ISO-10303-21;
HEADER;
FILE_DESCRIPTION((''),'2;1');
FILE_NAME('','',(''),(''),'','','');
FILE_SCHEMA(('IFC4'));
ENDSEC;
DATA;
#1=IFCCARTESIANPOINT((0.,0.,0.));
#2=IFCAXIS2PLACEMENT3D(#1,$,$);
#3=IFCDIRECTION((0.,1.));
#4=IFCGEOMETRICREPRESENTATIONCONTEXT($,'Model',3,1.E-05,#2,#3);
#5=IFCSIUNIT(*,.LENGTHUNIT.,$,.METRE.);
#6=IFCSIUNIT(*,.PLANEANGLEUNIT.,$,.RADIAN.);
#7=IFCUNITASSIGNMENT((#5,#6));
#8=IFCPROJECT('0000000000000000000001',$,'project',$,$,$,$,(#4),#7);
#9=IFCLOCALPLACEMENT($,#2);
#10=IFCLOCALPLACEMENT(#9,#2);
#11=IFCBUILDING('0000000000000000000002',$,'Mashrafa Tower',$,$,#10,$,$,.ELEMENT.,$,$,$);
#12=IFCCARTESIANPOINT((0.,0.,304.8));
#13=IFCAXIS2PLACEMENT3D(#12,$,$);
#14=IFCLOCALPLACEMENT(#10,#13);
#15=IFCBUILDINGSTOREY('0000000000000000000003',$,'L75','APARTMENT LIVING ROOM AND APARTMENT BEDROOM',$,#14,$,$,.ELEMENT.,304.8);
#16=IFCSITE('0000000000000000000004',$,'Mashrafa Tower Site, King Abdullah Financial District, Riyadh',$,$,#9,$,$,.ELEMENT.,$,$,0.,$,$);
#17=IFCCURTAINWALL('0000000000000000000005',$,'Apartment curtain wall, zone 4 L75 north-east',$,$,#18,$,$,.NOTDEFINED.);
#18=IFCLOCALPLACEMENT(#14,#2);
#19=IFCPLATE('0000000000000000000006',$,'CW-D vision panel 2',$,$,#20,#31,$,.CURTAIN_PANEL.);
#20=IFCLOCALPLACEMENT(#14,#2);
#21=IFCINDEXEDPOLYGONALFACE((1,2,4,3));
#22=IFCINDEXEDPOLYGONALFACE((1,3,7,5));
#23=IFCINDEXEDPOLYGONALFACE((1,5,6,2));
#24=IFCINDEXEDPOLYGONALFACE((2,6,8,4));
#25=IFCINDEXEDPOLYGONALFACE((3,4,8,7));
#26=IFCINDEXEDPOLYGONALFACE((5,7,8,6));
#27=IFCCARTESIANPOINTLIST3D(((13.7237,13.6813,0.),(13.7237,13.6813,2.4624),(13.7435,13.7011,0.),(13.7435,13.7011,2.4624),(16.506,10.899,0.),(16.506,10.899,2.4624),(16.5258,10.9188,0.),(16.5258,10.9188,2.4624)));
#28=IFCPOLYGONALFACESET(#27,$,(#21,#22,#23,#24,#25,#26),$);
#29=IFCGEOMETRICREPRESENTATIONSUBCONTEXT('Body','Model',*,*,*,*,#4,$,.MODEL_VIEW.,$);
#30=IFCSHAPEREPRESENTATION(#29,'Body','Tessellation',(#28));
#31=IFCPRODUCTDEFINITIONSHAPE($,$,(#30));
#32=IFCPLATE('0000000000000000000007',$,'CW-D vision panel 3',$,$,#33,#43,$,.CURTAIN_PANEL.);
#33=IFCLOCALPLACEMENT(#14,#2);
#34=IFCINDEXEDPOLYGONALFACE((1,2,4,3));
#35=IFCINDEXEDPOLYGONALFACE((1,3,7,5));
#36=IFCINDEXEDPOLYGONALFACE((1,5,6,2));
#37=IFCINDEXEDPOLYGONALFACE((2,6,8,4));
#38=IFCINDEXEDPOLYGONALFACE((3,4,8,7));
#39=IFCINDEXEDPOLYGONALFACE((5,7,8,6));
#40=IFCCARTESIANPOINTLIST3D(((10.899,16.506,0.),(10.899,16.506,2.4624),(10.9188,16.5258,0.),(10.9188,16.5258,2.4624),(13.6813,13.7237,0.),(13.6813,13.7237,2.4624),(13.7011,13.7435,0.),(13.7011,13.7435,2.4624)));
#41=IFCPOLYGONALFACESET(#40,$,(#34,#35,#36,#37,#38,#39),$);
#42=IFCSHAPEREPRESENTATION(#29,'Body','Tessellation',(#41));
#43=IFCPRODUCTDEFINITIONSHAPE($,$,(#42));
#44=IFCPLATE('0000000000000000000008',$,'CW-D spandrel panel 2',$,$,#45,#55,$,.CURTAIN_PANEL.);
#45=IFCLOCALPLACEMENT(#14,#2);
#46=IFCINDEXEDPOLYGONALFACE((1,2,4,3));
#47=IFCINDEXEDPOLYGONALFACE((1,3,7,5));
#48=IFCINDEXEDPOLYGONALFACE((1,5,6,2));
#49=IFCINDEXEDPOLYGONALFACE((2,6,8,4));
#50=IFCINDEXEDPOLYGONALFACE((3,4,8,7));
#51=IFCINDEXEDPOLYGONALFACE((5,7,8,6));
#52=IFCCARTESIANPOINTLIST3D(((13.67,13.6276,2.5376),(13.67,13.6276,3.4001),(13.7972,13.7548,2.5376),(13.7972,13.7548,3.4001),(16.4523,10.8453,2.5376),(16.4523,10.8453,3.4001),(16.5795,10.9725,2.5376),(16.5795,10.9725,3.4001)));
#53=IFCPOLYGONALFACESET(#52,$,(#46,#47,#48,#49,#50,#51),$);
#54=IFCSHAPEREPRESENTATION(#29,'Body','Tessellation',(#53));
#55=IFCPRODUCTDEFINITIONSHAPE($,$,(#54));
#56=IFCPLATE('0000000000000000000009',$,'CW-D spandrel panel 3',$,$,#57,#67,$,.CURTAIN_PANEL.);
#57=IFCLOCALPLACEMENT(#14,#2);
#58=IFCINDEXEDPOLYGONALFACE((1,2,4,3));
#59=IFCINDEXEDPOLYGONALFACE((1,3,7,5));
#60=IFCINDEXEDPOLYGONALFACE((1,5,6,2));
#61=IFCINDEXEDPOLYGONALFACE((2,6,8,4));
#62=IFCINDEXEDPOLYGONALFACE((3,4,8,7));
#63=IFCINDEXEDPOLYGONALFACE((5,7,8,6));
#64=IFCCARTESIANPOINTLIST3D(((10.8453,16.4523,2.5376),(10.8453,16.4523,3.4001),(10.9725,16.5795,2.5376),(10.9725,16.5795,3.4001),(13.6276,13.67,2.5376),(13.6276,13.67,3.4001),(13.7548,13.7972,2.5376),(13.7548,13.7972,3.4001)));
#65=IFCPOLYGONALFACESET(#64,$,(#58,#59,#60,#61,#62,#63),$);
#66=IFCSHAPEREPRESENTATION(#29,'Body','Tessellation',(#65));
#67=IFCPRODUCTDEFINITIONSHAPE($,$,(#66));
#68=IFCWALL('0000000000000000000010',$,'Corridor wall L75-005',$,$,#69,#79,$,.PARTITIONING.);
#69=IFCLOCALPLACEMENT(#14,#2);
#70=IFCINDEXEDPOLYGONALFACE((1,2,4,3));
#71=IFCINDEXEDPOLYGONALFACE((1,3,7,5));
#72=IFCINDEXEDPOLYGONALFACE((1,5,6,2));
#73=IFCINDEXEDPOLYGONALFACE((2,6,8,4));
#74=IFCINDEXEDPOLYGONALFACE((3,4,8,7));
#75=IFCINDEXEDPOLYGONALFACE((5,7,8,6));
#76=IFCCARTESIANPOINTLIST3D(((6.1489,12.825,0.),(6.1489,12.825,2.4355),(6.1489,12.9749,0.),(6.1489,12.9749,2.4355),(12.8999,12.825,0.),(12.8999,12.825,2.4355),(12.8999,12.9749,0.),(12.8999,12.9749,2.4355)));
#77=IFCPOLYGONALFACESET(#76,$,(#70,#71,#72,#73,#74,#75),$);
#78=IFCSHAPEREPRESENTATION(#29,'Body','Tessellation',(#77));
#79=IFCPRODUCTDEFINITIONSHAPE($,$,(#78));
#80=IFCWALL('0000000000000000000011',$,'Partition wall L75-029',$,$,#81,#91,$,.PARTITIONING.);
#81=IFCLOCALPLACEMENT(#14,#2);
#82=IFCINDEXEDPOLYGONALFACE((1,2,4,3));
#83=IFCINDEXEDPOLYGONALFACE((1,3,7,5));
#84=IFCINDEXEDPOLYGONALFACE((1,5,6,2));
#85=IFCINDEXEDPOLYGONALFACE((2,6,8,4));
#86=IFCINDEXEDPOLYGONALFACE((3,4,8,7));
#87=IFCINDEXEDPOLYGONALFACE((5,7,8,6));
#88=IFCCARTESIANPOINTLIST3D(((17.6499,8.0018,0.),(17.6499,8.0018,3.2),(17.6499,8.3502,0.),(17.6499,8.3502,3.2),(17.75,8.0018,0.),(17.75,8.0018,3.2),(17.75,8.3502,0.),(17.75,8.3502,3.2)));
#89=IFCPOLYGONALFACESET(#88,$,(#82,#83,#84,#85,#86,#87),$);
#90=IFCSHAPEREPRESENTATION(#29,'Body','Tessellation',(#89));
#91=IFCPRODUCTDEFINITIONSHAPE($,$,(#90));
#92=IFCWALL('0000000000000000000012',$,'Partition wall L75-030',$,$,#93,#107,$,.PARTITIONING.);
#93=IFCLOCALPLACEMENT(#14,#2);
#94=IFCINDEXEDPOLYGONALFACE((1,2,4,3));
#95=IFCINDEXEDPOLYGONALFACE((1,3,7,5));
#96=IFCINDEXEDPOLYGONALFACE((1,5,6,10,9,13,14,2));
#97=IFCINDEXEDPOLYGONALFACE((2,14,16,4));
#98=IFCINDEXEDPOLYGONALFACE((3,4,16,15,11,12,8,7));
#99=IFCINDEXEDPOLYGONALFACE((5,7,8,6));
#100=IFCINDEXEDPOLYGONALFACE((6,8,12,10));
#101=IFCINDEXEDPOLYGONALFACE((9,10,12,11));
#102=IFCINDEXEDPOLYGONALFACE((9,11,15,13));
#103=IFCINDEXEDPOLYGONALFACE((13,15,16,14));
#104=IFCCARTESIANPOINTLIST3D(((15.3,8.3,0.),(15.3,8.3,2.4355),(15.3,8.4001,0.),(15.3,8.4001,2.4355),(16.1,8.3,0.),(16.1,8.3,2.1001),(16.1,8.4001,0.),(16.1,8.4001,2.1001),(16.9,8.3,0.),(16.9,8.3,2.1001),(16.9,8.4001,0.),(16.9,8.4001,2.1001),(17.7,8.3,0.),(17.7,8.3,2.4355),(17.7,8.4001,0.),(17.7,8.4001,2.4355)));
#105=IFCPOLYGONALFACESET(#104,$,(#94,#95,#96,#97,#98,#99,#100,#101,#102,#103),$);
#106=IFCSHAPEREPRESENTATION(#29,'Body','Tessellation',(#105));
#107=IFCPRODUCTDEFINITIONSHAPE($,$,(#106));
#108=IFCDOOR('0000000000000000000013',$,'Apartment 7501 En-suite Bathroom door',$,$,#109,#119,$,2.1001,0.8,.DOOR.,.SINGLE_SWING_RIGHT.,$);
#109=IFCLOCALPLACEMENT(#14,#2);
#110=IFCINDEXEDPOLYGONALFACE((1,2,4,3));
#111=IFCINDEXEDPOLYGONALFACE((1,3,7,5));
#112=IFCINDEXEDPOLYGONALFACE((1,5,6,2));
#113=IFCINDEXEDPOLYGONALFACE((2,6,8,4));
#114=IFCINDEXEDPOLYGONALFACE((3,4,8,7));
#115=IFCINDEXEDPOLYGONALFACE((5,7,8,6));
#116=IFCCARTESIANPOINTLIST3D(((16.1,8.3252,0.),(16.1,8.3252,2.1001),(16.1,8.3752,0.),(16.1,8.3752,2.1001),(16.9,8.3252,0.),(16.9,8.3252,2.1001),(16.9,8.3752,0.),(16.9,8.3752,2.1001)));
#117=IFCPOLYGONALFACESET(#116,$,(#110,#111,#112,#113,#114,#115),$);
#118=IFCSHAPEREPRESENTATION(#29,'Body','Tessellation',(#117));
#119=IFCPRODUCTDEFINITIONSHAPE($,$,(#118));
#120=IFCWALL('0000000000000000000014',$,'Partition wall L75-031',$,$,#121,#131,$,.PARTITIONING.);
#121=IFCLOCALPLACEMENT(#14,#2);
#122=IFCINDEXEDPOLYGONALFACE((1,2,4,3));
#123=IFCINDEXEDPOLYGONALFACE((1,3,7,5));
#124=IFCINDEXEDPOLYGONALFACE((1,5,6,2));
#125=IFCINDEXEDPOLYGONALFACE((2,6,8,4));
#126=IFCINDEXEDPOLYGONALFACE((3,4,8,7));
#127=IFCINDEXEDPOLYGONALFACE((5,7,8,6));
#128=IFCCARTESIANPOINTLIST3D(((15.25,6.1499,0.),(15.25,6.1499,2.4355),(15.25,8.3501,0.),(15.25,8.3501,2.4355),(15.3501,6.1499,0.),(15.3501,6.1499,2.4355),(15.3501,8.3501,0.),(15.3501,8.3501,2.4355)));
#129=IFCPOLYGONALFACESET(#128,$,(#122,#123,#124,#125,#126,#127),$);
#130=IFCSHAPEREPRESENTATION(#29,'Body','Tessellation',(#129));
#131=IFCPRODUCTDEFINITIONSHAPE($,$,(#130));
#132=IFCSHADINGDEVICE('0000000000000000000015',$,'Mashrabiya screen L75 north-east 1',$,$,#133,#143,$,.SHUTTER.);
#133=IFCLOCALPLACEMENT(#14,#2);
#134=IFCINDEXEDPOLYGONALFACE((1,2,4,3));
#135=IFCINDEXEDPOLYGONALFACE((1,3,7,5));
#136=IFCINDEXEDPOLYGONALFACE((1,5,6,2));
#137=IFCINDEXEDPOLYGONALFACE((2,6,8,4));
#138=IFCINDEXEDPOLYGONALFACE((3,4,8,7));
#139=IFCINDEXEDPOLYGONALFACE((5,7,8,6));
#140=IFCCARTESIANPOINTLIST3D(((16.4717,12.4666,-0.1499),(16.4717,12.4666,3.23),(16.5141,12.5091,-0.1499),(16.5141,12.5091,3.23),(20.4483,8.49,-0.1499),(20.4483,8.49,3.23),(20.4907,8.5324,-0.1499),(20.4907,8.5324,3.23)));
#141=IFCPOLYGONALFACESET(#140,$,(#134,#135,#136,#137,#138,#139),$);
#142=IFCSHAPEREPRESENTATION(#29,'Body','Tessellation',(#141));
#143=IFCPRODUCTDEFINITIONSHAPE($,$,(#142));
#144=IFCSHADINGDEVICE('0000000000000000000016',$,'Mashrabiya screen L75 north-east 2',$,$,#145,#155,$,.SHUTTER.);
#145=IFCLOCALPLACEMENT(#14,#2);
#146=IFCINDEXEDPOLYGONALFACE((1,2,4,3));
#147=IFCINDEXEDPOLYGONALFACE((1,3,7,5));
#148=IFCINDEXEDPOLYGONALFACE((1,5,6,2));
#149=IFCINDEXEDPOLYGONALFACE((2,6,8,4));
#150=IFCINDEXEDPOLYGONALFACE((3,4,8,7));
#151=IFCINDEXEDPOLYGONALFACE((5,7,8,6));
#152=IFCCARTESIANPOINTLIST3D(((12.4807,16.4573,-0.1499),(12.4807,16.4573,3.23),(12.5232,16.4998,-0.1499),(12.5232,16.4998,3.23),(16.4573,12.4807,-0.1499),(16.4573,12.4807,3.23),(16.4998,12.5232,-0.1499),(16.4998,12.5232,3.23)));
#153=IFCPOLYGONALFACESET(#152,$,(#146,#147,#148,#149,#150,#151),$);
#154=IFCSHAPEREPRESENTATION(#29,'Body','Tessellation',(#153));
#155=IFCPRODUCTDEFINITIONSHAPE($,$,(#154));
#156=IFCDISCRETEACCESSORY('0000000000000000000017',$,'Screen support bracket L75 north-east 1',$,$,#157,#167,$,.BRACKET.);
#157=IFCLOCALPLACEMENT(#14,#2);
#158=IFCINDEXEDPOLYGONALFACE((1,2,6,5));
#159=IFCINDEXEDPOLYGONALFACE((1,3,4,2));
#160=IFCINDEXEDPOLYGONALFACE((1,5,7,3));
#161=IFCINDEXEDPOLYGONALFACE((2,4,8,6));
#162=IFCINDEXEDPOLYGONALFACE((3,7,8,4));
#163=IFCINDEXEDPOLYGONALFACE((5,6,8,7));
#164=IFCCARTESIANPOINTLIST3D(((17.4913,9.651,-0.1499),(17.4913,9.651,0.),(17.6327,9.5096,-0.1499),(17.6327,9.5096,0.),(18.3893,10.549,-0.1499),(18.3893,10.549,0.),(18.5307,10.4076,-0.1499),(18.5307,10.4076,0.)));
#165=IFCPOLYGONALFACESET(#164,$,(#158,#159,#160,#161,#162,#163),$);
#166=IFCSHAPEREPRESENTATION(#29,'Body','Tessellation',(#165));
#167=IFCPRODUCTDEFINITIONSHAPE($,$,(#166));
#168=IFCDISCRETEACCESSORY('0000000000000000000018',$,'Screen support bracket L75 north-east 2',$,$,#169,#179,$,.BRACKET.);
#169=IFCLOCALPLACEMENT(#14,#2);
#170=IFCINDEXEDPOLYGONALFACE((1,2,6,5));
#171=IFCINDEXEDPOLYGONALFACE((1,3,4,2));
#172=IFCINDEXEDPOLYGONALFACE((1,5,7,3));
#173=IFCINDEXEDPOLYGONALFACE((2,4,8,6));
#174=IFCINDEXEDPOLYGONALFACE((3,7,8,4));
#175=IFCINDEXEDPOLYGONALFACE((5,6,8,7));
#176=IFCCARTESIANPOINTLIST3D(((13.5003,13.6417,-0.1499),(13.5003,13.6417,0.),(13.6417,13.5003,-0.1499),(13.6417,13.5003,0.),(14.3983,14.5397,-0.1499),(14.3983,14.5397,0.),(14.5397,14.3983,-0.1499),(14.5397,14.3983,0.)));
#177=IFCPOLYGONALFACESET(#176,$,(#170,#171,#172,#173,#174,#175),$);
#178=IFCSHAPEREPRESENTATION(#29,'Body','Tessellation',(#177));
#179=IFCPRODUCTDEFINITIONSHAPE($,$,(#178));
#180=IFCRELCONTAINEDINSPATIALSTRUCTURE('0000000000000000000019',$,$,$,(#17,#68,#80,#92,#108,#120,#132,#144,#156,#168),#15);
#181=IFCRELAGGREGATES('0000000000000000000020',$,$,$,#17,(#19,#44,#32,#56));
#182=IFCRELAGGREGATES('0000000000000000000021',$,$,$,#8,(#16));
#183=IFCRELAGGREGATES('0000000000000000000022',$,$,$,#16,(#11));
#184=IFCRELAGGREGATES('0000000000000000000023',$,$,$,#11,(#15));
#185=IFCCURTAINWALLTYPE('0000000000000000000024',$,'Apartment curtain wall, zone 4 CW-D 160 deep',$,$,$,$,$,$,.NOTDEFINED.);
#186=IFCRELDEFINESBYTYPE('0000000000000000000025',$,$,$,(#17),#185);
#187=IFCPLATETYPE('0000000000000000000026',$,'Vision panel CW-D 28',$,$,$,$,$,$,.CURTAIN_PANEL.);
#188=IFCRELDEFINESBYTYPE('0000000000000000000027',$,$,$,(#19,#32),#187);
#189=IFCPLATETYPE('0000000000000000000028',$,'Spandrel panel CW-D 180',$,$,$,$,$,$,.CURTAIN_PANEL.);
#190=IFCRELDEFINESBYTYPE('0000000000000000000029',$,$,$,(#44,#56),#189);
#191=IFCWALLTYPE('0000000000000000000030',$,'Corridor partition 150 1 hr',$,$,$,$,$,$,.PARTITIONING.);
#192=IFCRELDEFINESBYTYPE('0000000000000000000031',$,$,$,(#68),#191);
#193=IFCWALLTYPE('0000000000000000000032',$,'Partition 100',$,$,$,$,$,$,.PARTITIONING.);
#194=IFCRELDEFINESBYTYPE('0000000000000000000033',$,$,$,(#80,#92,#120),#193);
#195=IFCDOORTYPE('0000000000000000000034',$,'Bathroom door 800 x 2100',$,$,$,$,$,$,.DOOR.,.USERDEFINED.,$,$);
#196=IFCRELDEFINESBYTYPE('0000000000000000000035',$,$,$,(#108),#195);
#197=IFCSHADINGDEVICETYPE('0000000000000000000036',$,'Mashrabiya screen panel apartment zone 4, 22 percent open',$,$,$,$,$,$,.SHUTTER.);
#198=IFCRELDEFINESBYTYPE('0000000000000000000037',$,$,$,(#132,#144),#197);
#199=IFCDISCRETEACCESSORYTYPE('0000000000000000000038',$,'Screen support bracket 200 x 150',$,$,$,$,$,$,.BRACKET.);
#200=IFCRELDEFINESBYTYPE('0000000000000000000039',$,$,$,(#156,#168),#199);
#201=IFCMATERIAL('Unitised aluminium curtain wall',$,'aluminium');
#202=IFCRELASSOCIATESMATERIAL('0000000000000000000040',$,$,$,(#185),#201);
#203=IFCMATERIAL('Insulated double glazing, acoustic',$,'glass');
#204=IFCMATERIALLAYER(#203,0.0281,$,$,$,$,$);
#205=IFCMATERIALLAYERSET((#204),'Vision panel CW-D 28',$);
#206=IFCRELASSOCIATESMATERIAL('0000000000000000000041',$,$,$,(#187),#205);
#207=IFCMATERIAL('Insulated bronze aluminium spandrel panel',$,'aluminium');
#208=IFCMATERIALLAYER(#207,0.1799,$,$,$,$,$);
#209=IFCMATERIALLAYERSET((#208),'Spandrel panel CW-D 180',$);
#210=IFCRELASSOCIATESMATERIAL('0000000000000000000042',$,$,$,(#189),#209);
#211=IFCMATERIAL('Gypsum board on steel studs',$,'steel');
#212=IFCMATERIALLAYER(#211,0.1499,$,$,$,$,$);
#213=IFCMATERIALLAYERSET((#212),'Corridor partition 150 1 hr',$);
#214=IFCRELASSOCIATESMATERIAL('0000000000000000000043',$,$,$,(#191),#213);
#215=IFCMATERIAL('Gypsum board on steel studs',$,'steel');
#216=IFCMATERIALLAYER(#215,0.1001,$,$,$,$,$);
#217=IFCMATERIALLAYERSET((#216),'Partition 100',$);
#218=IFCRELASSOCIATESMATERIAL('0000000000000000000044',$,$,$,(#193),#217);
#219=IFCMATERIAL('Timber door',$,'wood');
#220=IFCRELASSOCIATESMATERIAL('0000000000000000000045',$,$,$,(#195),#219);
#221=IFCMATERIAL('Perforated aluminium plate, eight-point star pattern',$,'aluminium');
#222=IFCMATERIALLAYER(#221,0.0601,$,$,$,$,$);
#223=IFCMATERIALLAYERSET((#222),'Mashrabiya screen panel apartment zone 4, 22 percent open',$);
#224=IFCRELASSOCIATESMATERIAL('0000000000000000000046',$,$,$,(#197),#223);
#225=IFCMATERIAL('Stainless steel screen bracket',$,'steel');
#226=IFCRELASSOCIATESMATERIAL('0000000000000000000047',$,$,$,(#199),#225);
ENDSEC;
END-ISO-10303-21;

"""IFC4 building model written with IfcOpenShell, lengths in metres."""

from ifc_helpers import new_model, si_unit, direction, frame, frame_2d, origin, origin_2d, place, context, subcontext, project, spatial, rectangle, extrude, source, transform, mapped, material, layer, layer_set, type_object, type_shapes, element, fill, aggregate, save


model = new_model("IFC4")

# Units and contexts
model_context = context("Model", 3, precision=1e-05, world=origin(), true_north=direction((0.0, 1.0)))
body_context = subcontext(model_context, "Body", "Model", "MODEL_VIEW")
ifc_project = project(units=[si_unit("LENGTHUNIT", "METRE"), si_unit("PLANEANGLEUNIT", "RADIAN")], contexts=[model_context])

# Site, building, storey
site_placement = place(None, origin())
site = spatial("IfcSite", under=ifc_project, at=site_placement, Name="Mashrafa Tower Site, King Abdullah Financial District, Riyadh", CompositionType="ELEMENT", RefElevation=0.0)
building_placement = place(site_placement, origin())
building = spatial("IfcBuilding", under=site, at=building_placement, Name="Mashrafa Tower", CompositionType="ELEMENT")
storey_placement = place(building_placement, frame((0.0, 0.0, 304.8)))
storey = spatial("IfcBuildingStorey", under=building, at=storey_placement, Name="L75", Description="APARTMENT LIVING ROOM AND APARTMENT BEDROOM", CompositionType="ELEMENT", Elevation=304.8)

# Curtain wall, plates
ifc_material_1 = material(Name="Unitised aluminium curtain wall", Category="aluminium")
curtain_wall_type = type_object("IfcCurtainWallType", Name="Apartment curtain wall, zone 4 CW-D 160 deep", PredefinedType="NOTDEFINED", material=ifc_material_1)
curtain_wall_placement = place(storey_placement, origin())
curtain_wall = element("IfcCurtainWall", 1, at=curtain_wall_placement, inside=storey, type_object=curtain_wall_type, Name="Apartment curtain wall, zone 4 L75 north-east", PredefinedType="NOTDEFINED")
ifc_material_2 = material(Name="Insulated double glazing, acoustic", Category="glass")
ifc_layer_1 = layer(ifc_material_2, 0.0281)
ifc_layer_set_1 = layer_set([ifc_layer_1], Name="Vision panel CW-D 28")
plate_type_1 = type_object("IfcPlateType", Name="Vision panel CW-D 28", PredefinedType="CURTAIN_PANEL", material=ifc_layer_set_1)
ifc_material_3 = material(Name="Insulated bronze aluminium spandrel panel", Category="aluminium")
ifc_layer_2 = layer(ifc_material_3, 0.1799)
ifc_layer_set_2 = layer_set([ifc_layer_2], Name="Spandrel panel CW-D 180")
plate_type_2 = type_object("IfcPlateType", Name="Spandrel panel CW-D 180", PredefinedType="CURTAIN_PANEL", material=ifc_layer_set_2)
shared_shape_1 = source(origin(), body_context, "Body", "SweptSolid", [
    extrude(rectangle(XDim=3.9348, YDim=0.0281, at=origin_2d()), origin(), (0.0, 0.0, 1.0), 2.4624),
])
plate_1_placement = place(storey_placement, frame((15.1248, 12.3, 0.0), z_axis=(0.0, 0.0, 1.0), x_axis=(-0.707107, 0.707107, 0.0)))
plate_1 = element("IfcPlate", 2, at=plate_1_placement, type_object=plate_type_1, Name="CW-D vision panel 2", PredefinedType="CURTAIN_PANEL", context=body_context, shape_type="MappedRepresentation", body=[
    mapped(shared_shape_1, transform((0.0, 0.0, 0.0))),
])
plate_2_placement = place(storey_placement, frame((12.3, 15.1248, 0.0), z_axis=(0.0, 0.0, 1.0), x_axis=(-0.707107, 0.707107, 0.0)))
plate_2 = element("IfcPlate", 3, at=plate_2_placement, type_object=plate_type_1, Name="CW-D vision panel 3", PredefinedType="CURTAIN_PANEL", context=body_context, shape_type="MappedRepresentation", body=[
    mapped(shared_shape_1, transform((0.0, 0.0, 0.0))),
])
shared_shape_2 = source(origin(), body_context, "Body", "SweptSolid", [
    extrude(rectangle(XDim=3.9348, YDim=0.1799, at=origin_2d()), origin(), (0.0, 0.0, 1.0), 0.8625),
])
plate_3_placement = place(storey_placement, frame((15.1248, 12.3, 2.5376), z_axis=(0.0, 0.0, 1.0), x_axis=(-0.707107, 0.707107, 0.0)))
plate_3 = element("IfcPlate", 4, at=plate_3_placement, type_object=plate_type_2, Name="CW-D spandrel panel 2", PredefinedType="CURTAIN_PANEL", context=body_context, shape_type="MappedRepresentation", body=[
    mapped(shared_shape_2, transform((0.0, 0.0, 0.0))),
])
plate_4_placement = place(storey_placement, frame((12.3, 15.1248, 2.5376), z_axis=(0.0, 0.0, 1.0), x_axis=(-0.707107, 0.707107, 0.0)))
plate_4 = element("IfcPlate", 5, at=plate_4_placement, type_object=plate_type_2, Name="CW-D spandrel panel 3", PredefinedType="CURTAIN_PANEL", context=body_context, shape_type="MappedRepresentation", body=[
    mapped(shared_shape_2, transform((0.0, 0.0, 0.0))),
])
aggregate(curtain_wall, [plate_1, plate_3, plate_2, plate_4])

# Walls
ifc_material_4 = material(Name="Gypsum board on steel studs", Category="steel")
ifc_layer_3 = layer(ifc_material_4, 0.1499)
ifc_layer_set_3 = layer_set([ifc_layer_3], Name="Corridor partition 150 1 hr")
wall_type_1 = type_object("IfcWallType", Name="Corridor partition 150 1 hr", PredefinedType="PARTITIONING", material=ifc_layer_set_3)
wall_1_placement = place(storey_placement, frame((12.8999, 12.8999, 0.0), z_axis=(0.0, 0.0, 1.0), x_axis=(-1.0, 0.0, 0.0)))
element("IfcWall", 6, at=wall_1_placement, inside=storey, type_object=wall_type_1, Name="Corridor wall L75-005", PredefinedType="PARTITIONING", context=body_context, shape_type="SweptSolid", body=[
    extrude(rectangle(XDim=6.751, YDim=0.1499, at=frame_2d((3.3755, 0.0))), origin(), (0.0, 0.0, 1.0), 2.4355),
])
ifc_material_5 = material(Name="Gypsum board on steel studs", Category="steel")
ifc_layer_4 = layer(ifc_material_5, 0.1001)
ifc_layer_set_4 = layer_set([ifc_layer_4], Name="Partition 100")
wall_type_2 = type_object("IfcWallType", Name="Partition 100", PredefinedType="PARTITIONING", material=ifc_layer_set_4)
wall_2_placement = place(storey_placement, frame((17.7, 8.0017, 0.0), z_axis=(0.0, 0.0, 1.0), x_axis=(0.0, 1.0, 0.0)))
element("IfcWall", 7, at=wall_2_placement, inside=storey, type_object=wall_type_2, Name="Partition wall L75-029", PredefinedType="PARTITIONING", context=body_context, shape_type="SweptSolid", body=[
    extrude(rectangle(XDim=0.3484, YDim=0.1001, at=frame_2d((0.1743, 0.0))), origin(), (0.0, 0.0, 1.0), 3.2),
])

# Wall, opening, door
wall_3_placement = place(storey_placement, frame((17.7, 8.3501, 0.0), z_axis=(0.0, 0.0, 1.0), x_axis=(-1.0, 0.0, 0.0)))
wall_3 = element("IfcWall", 8, at=wall_3_placement, inside=storey, type_object=wall_type_2, Name="Partition wall L75-030", PredefinedType="PARTITIONING", context=body_context, shape_type="SweptSolid", body=[
    extrude(rectangle(XDim=2.3999, YDim=0.1001, at=frame_2d((1.2, 0.0))), origin(), (0.0, 0.0, 1.0), 2.4355),
])
opening_placement = place(wall_3_placement, frame((0.8, 0.0, 0.0)))
opening = element("IfcOpeningElement", 9, at=opening_placement, cuts=wall_3, PredefinedType="OPENING", context=body_context, shape_type="SweptSolid", body=[
    extrude(rectangle(XDim=0.8, YDim=2.1001, at=frame_2d((0.3999, 1.05))), frame((0.0, 0.0601, 0.0), z_axis=(0.0, -1.0, 0.0), x_axis=(1.0, 0.0, 0.0)), (0.0, 0.0, 1.0), 0.1201),
])
ifc_material_6 = material(Name="Timber door", Category="wood")
door_type = type_object("IfcDoorType", Name="Bathroom door 800 x 2100", OperationType="USERDEFINED", PredefinedType="DOOR", material=ifc_material_6)
door_placement = place(opening_placement, origin())
door = element("IfcDoor", 10, at=door_placement, inside=storey, type_object=door_type, Name="Apartment 7501 En-suite Bathroom door", OperationType="SINGLE_SWING_RIGHT", OverallHeight=2.1001, OverallWidth=0.8, PredefinedType="DOOR", context=body_context, shape_type="SweptSolid", body=[
    extrude(rectangle(XDim=0.8, YDim=2.1001, at=frame_2d((0.3999, 1.05))), frame((0.0, 0.0249, 0.0), z_axis=(0.0, -1.0, 0.0), x_axis=(1.0, 0.0, 0.0)), (0.0, 0.0, 1.0), 0.05),
])
fill(opening, door)

# Wall
wall_4_placement = place(storey_placement, frame((15.3, 8.3501, 0.0), z_axis=(0.0, 0.0, 1.0), x_axis=(0.0, -1.0, 0.0)))
element("IfcWall", 11, at=wall_4_placement, inside=storey, type_object=wall_type_2, Name="Partition wall L75-031", PredefinedType="PARTITIONING", context=body_context, shape_type="SweptSolid", body=[
    extrude(rectangle(XDim=2.2002, YDim=0.1001, at=frame_2d((1.1001, 0.0))), origin(), (0.0, 0.0, 1.0), 2.4355),
])

# Shading devices
ifc_material_7 = material(Name="Perforated aluminium plate, eight-point star pattern", Category="aluminium")
ifc_layer_5 = layer(ifc_material_7, 0.0601)
ifc_layer_set_5 = layer_set([ifc_layer_5], Name="Mashrabiya screen panel apartment zone 4, 22 percent open")
shading_device_type = type_object("IfcShadingDeviceType", Name="Mashrabiya screen panel apartment zone 4, 22 percent open", PredefinedType="SHUTTER", material=ifc_layer_set_5)
shared_shape_3 = source(origin(), body_context, "Body", "SweptSolid", [
    extrude(rectangle(XDim=5.6238, YDim=0.0601, at=origin_2d()), origin(), (0.0, 0.0, 1.0), 3.3799),
])
type_shapes(shading_device_type, [shared_shape_3])
for number, where, z_axis, x_axis, name in (
    (12, (18.4812, 10.4995, -0.1499), (0.0, 0.0, 1.0), (-0.707107, 0.707107, 0.0), "Mashrabiya screen L75 north-east 1"),
    (13, (14.4902, 14.4902, -0.1499), (0.0, 0.0, 1.0), (-0.707107, 0.707107, 0.0), "Mashrabiya screen L75 north-east 2"),
):
    element("IfcShadingDevice", number, at=place(storey_placement, frame(where, z_axis=z_axis, x_axis=x_axis)), inside=storey, type_object=shading_device_type, Name=name, PredefinedType="SHUTTER", context=body_context, shape_type="MappedRepresentation", body=[
        mapped(shared_shape_3, transform((0.0, 0.0, 0.0))),
    ])

# Discrete accessories
ifc_material_8 = material(Name="Stainless steel screen bracket", Category="steel")
discrete_accessory_type = type_object("IfcDiscreteAccessoryType", Name="Screen support bracket 200 x 150", PredefinedType="BRACKET", material=ifc_material_8)
shared_shape_4 = source(origin(), body_context, "Body", "SweptSolid", [
    extrude(rectangle(XDim=0.2, YDim=1.27, at=origin_2d()), origin(), (0.0, 0.0, 1.0), 0.1499),
])
type_shapes(discrete_accessory_type, [shared_shape_4])
for number, where, z_axis, x_axis, name in (
    (14, (18.011, 10.0293, -0.1499), (0.0, 0.0, 1.0), (-0.707107, 0.707107, 0.0), "Screen support bracket L75 north-east 1"),
    (15, (14.02, 14.02, -0.1499), (0.0, 0.0, 1.0), (-0.707107, 0.707107, 0.0), "Screen support bracket L75 north-east 2"),
):
    element("IfcDiscreteAccessory", number, at=place(storey_placement, frame(where, z_axis=z_axis, x_axis=x_axis)), inside=storey, type_object=discrete_accessory_type, Name=name, PredefinedType="BRACKET", context=body_context, shape_type="MappedRepresentation", body=[
        mapped(shared_shape_4, transform((0.0, 0.0, 0.0))),
    ])

save(model, "model.ifc")
